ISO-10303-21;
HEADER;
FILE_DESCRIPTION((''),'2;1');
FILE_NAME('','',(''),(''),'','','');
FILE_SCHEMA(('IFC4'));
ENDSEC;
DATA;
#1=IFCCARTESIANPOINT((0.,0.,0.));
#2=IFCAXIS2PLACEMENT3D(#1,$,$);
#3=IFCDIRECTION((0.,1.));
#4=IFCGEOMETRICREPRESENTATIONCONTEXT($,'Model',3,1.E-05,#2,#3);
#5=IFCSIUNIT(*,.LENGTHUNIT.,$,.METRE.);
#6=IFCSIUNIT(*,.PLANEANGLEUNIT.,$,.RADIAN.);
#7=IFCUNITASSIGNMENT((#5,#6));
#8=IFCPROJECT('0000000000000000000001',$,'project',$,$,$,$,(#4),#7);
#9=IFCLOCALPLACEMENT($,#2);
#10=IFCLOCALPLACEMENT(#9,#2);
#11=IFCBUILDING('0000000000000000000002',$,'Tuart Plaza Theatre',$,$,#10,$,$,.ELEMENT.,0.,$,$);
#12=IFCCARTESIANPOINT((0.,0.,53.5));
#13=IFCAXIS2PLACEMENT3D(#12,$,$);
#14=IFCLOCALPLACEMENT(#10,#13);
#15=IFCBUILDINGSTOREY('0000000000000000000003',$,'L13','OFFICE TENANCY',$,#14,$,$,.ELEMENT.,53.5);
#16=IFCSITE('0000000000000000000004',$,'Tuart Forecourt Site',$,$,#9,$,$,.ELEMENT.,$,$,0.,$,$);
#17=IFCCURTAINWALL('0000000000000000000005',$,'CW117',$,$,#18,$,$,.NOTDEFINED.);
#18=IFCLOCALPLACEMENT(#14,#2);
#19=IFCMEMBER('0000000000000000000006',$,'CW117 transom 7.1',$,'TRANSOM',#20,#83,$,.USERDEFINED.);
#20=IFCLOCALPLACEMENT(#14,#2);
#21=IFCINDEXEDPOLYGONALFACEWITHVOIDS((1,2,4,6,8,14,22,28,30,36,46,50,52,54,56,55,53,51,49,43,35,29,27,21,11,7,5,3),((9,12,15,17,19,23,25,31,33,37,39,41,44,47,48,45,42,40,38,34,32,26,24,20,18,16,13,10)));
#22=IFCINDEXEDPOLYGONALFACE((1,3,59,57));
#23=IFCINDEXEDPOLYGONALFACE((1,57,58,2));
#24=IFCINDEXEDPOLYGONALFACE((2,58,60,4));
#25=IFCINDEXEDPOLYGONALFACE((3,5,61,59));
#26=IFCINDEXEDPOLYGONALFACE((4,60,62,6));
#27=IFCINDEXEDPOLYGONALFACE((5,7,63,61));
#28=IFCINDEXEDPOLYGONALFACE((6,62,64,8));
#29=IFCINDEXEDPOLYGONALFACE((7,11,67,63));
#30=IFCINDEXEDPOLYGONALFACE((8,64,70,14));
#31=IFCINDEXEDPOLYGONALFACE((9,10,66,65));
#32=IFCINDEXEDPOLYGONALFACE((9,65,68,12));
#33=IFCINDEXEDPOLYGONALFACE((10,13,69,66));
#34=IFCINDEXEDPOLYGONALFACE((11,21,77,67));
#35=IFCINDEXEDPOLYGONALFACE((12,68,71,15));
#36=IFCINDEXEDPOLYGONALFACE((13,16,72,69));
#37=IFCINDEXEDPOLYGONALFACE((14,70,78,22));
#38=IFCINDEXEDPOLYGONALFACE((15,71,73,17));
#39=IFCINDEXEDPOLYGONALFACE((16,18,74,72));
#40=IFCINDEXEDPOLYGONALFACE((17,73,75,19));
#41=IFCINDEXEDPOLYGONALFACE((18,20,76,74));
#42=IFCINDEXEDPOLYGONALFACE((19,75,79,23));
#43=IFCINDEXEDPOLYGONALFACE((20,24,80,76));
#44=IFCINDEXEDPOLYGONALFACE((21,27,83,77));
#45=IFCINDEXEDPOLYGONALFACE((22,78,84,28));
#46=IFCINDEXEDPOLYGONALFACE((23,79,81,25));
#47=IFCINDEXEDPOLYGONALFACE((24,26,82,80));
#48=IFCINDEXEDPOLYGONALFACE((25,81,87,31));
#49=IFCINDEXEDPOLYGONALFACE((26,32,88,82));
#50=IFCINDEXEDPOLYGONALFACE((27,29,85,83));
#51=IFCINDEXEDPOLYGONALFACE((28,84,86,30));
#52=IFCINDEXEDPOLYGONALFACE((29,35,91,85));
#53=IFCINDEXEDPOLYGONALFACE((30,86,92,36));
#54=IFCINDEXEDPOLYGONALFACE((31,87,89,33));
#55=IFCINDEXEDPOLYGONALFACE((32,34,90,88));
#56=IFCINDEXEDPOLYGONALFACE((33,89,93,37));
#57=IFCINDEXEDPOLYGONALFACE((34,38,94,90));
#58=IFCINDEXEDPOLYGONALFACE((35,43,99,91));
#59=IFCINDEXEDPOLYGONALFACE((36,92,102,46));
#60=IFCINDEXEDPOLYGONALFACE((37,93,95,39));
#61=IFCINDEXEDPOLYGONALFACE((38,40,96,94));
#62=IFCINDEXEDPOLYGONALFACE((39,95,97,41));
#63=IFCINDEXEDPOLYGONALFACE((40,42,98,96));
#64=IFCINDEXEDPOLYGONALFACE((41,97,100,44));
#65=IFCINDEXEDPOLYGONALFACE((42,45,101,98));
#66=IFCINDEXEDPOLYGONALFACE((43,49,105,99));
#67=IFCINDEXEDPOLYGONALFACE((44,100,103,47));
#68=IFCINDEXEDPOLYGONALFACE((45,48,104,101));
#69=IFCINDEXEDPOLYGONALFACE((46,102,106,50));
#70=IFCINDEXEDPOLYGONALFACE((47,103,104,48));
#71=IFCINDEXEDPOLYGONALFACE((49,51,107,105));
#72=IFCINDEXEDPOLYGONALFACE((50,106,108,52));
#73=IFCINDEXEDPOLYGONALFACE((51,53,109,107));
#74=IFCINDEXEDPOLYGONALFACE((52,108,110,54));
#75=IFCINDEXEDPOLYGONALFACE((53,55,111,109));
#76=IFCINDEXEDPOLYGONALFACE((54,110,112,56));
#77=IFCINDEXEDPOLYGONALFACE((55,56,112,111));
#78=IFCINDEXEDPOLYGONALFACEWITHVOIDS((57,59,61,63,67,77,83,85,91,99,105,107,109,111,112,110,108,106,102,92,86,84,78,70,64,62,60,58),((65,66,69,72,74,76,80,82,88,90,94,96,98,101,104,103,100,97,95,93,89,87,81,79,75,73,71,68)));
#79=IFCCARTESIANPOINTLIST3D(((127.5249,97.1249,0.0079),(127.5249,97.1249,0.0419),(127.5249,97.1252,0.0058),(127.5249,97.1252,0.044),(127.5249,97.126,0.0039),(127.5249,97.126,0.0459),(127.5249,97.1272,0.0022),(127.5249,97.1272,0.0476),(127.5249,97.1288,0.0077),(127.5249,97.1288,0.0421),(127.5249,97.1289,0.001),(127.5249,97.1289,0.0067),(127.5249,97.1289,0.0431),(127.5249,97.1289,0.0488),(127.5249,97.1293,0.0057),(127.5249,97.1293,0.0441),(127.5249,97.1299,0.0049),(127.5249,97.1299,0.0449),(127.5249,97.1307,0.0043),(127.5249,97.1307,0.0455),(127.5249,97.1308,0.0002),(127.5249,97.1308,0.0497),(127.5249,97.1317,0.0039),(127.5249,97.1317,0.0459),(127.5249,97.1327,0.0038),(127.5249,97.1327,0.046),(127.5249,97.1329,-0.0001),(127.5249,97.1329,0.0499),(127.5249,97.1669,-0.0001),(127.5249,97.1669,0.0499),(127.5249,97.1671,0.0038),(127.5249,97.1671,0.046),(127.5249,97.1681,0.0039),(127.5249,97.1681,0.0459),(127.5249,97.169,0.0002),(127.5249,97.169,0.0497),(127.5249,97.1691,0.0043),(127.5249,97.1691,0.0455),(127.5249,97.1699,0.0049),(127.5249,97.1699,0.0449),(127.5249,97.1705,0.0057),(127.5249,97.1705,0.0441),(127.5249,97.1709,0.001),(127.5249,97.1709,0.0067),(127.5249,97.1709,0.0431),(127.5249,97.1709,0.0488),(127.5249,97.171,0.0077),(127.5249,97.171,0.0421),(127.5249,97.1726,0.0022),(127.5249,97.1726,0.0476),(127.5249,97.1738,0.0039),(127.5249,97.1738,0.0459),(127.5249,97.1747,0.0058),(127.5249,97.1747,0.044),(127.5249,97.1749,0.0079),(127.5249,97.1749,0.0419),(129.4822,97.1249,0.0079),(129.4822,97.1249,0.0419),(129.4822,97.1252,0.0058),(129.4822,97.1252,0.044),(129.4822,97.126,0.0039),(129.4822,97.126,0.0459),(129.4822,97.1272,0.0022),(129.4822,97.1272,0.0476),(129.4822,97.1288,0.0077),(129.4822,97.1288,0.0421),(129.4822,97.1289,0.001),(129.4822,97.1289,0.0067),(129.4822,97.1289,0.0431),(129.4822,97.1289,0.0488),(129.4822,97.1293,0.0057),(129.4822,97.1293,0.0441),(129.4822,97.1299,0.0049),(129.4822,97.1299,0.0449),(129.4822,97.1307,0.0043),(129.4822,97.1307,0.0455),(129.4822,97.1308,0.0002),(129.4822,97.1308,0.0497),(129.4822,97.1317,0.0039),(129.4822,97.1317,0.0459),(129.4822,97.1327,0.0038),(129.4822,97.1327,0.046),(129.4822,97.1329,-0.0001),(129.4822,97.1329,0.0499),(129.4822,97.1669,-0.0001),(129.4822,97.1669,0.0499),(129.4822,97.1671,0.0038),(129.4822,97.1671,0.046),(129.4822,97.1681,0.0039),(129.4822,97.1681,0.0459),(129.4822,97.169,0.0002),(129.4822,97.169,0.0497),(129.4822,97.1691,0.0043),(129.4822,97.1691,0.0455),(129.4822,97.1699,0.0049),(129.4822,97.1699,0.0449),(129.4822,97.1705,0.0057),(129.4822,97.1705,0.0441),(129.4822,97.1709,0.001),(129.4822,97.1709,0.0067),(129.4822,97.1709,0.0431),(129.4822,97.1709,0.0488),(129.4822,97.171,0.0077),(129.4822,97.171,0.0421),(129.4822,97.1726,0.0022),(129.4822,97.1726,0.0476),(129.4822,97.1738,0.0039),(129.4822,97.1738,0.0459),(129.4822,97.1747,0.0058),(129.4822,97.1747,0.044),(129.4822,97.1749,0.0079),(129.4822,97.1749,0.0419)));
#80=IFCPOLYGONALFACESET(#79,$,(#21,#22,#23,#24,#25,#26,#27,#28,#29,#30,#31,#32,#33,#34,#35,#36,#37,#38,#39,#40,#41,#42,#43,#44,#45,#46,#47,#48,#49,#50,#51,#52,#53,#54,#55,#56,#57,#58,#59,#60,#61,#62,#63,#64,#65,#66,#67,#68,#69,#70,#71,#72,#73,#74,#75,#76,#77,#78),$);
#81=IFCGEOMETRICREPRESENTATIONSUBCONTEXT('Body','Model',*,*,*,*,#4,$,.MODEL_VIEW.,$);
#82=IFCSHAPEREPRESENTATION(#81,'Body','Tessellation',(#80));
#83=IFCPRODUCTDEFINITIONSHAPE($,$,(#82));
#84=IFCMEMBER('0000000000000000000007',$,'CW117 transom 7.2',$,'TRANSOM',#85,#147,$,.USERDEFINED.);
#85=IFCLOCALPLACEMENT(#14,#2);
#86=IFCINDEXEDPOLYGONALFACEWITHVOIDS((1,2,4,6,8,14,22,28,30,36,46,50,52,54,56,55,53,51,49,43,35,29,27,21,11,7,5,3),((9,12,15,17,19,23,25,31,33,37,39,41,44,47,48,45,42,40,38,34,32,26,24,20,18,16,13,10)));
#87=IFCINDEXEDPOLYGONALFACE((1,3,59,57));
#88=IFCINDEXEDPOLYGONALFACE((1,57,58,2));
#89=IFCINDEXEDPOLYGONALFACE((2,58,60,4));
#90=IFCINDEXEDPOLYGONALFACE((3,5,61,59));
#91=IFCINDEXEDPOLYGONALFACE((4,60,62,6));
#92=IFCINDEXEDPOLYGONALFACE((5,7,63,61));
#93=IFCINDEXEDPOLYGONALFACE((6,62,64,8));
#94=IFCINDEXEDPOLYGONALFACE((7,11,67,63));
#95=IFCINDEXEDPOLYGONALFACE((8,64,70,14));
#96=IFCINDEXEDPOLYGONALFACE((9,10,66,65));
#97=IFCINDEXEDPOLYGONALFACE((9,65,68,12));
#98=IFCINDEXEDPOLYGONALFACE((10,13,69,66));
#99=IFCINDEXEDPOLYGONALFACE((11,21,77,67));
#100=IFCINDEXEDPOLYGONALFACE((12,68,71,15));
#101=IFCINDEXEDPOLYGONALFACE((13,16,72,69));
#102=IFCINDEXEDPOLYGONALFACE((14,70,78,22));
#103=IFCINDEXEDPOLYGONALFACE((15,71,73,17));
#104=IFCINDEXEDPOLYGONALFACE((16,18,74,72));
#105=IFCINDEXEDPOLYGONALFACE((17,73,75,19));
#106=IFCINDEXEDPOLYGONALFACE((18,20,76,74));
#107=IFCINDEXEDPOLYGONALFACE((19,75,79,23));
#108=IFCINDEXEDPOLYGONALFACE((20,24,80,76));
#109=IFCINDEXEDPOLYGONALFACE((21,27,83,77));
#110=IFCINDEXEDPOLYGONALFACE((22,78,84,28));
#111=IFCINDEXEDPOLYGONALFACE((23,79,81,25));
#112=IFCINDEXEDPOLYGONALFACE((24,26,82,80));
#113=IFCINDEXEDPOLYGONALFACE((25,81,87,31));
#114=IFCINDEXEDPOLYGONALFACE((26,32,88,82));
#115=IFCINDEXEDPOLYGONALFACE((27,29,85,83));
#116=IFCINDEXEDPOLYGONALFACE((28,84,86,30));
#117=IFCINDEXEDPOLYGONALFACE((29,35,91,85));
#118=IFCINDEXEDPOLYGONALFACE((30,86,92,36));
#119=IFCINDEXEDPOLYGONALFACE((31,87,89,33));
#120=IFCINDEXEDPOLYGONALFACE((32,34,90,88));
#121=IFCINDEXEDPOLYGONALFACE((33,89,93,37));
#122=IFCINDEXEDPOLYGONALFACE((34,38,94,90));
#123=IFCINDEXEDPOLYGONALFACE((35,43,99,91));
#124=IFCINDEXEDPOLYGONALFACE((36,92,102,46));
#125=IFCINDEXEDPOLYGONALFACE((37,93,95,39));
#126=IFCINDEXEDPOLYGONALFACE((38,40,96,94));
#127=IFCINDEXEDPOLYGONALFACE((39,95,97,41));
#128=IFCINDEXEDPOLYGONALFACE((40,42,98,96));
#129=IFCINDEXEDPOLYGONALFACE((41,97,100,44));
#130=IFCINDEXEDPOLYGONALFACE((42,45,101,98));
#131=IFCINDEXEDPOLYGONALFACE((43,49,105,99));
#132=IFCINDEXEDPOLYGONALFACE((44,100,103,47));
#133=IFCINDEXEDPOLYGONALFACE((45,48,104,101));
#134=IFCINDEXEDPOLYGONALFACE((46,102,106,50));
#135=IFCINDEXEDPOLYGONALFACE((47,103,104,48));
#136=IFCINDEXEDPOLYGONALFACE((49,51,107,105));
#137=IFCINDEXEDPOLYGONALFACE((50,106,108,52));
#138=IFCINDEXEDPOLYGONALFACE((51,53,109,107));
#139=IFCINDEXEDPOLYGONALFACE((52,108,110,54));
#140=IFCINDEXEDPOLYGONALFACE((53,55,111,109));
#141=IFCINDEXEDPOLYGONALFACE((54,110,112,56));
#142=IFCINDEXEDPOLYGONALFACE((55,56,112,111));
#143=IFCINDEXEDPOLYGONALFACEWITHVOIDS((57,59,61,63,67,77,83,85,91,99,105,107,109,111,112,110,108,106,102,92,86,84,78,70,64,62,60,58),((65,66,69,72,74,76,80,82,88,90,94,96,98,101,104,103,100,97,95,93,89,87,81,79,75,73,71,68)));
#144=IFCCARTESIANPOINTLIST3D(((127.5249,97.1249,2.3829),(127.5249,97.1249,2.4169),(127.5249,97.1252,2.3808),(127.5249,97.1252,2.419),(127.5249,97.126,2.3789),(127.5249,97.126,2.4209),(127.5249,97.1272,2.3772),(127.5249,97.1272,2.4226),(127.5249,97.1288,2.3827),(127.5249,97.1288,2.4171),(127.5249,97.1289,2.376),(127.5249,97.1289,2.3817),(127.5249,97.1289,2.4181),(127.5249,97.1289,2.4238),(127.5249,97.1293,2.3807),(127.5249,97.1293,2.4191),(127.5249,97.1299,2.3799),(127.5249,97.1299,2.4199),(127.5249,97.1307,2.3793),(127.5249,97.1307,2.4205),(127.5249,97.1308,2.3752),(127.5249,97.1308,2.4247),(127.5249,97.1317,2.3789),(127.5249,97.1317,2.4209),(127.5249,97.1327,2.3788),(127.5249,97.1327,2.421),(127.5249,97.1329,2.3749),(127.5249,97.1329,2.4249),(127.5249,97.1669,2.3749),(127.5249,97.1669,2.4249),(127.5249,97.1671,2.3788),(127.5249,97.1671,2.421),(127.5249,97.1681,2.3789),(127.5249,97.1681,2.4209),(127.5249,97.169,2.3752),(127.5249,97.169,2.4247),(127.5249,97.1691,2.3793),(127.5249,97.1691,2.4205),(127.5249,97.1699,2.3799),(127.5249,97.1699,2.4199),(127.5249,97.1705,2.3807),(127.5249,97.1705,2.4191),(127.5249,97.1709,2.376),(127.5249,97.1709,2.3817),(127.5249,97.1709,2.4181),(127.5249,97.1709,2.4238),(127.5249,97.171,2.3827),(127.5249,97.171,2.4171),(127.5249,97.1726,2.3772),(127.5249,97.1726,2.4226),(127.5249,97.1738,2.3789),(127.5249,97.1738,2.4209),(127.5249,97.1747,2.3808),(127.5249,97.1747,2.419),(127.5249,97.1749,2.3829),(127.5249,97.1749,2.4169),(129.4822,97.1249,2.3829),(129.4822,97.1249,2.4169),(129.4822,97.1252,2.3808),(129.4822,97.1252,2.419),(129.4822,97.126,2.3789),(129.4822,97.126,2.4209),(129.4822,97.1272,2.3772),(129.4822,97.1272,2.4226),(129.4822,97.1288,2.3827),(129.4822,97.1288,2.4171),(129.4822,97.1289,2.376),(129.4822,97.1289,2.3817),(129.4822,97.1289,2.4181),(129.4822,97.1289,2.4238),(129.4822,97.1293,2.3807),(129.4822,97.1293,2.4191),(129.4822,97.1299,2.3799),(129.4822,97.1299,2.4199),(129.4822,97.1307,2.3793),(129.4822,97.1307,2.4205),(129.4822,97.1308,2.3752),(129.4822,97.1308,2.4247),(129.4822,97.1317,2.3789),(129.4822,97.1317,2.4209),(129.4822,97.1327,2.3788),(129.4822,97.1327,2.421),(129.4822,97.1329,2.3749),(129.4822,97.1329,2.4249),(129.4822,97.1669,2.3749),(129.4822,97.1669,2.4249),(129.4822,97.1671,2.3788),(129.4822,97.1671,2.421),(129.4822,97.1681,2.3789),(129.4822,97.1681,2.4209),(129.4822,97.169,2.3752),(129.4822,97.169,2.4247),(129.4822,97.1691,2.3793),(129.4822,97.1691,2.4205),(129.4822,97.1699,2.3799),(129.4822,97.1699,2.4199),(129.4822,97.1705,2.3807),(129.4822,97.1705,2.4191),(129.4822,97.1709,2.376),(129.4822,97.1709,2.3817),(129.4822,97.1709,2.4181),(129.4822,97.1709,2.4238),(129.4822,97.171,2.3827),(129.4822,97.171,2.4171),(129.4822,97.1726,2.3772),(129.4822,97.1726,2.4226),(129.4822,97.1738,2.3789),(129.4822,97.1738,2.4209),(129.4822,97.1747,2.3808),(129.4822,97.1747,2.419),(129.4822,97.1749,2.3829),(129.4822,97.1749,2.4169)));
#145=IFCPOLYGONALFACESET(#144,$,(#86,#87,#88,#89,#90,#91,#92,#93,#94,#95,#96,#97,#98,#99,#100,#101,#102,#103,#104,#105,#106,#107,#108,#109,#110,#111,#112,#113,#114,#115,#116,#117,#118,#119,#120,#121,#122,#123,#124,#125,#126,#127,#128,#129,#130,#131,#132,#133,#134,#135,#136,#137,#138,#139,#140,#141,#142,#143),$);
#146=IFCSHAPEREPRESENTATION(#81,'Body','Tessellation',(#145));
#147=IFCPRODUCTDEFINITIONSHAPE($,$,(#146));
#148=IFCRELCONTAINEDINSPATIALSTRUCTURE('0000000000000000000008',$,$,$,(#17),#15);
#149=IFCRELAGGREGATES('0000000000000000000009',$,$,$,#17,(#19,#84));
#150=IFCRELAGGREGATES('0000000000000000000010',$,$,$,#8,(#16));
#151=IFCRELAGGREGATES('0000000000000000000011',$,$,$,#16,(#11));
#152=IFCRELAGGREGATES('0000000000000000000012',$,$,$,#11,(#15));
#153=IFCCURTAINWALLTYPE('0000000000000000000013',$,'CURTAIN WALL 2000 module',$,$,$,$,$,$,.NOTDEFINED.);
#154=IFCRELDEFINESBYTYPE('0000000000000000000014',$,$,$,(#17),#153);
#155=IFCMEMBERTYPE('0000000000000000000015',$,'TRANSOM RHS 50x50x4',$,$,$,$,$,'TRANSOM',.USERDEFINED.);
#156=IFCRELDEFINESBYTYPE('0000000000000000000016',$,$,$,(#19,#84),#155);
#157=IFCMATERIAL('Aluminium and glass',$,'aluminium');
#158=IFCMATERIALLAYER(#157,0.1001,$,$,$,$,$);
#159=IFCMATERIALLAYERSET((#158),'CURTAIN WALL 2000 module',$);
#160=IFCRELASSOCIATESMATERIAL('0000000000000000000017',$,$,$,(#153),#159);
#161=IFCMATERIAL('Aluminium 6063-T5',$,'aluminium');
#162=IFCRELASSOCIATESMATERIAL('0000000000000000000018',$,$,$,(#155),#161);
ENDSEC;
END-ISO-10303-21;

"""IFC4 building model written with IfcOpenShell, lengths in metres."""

from ifc_helpers import new_model, si_unit, direction, frame, origin, origin_2d, place, context, subcontext, project, spatial, hollow_rectangle, extrude, material, layer, layer_set, material_profile, profile_set, type_object, element, aggregate, save


model = new_model("IFC4")

# Units and contexts
model_context = context("Model", 3, precision=1e-05, world=origin(), true_north=direction((0.0, 1.0)))
body_context = subcontext(model_context, "Body", "Model", "MODEL_VIEW")
ifc_project = project(units=[si_unit("LENGTHUNIT", "METRE"), si_unit("PLANEANGLEUNIT", "RADIAN")], contexts=[model_context])

# Site, building, storey
site_placement = place(None, origin())
site = spatial("IfcSite", under=ifc_project, at=site_placement, Name="Tuart Forecourt Site", CompositionType="ELEMENT", RefElevation=0.0)
building_placement = place(site_placement, origin())
building = spatial("IfcBuilding", under=site, at=building_placement, Name="Tuart Plaza Theatre", CompositionType="ELEMENT", ElevationOfRefHeight=0.0)
storey_placement = place(building_placement, frame((0.0, 0.0, 53.5)))
storey = spatial("IfcBuildingStorey", under=building, at=storey_placement, Name="L13", Description="OFFICE TENANCY", CompositionType="ELEMENT", Elevation=53.5)

# Curtain wall, members
ifc_material_1 = material(Name="Aluminium and glass", Category="aluminium")
ifc_layer_1 = layer(ifc_material_1, 0.1001)
ifc_layer_set_1 = layer_set([ifc_layer_1], Name="CURTAIN WALL 2000 module")
curtain_wall_type = type_object("IfcCurtainWallType", Name="CURTAIN WALL 2000 module", PredefinedType="NOTDEFINED", material=ifc_layer_set_1)
curtain_wall_placement = place(storey_placement, origin())
curtain_wall = element("IfcCurtainWall", 1, at=curtain_wall_placement, inside=storey, type_object=curtain_wall_type, Name="CW117", PredefinedType="NOTDEFINED")
ifc_material_2 = material(Name="Aluminium 6063-T5", Category="aluminium")
ifc_material_profile_1 = material_profile(ifc_material_2, hollow_rectangle(XDim=0.05, YDim=0.05, WallThickness=0.0039, InnerFilletRadius=0.0039, OuterFilletRadius=0.0081, at=origin_2d()), Name="RHS 50x50x4")
ifc_profile_set_1 = profile_set([ifc_material_profile_1], Name="Aluminium 6063-T5")
member_type_1 = type_object("IfcMemberType", Name="TRANSOM RHS 50x50x4", ElementType="TRANSOM", PredefinedType="USERDEFINED", material=ifc_profile_set_1)
member_1_placement = place(storey_placement, frame((129.4822, 97.1499, 0.0249), z_axis=(-1.0, 0.0, 0.0), x_axis=(0.0, -1.0, 0.0)))
member_1 = element("IfcMember", 2, at=member_1_placement, type_object=member_type_1, Name="CW117 transom 7.1", ObjectType="TRANSOM", PredefinedType="USERDEFINED", context=body_context, shape_type="SweptSolid", body=[
    extrude(hollow_rectangle(XDim=0.05, YDim=0.05, WallThickness=0.0039, InnerFilletRadius=0.0039, OuterFilletRadius=0.0081, at=origin_2d()), origin(), (0.0, 0.0, 1.0), 1.9573),
])
member_2_placement = place(storey_placement, frame((129.4822, 97.1499, 2.3999), z_axis=(-1.0, 0.0, 0.0), x_axis=(0.0, -1.0, 0.0)))
member_2 = element("IfcMember", 3, at=member_2_placement, type_object=member_type_1, Name="CW117 transom 7.2", ObjectType="TRANSOM", PredefinedType="USERDEFINED", context=body_context, shape_type="SweptSolid", body=[
    extrude(hollow_rectangle(XDim=0.05, YDim=0.05, WallThickness=0.0039, InnerFilletRadius=0.0039, OuterFilletRadius=0.0081, at=origin_2d()), origin(), (0.0, 0.0, 1.0), 1.9573),
])
aggregate(curtain_wall, [member_1, member_2])

save(model, "model.ifc")
